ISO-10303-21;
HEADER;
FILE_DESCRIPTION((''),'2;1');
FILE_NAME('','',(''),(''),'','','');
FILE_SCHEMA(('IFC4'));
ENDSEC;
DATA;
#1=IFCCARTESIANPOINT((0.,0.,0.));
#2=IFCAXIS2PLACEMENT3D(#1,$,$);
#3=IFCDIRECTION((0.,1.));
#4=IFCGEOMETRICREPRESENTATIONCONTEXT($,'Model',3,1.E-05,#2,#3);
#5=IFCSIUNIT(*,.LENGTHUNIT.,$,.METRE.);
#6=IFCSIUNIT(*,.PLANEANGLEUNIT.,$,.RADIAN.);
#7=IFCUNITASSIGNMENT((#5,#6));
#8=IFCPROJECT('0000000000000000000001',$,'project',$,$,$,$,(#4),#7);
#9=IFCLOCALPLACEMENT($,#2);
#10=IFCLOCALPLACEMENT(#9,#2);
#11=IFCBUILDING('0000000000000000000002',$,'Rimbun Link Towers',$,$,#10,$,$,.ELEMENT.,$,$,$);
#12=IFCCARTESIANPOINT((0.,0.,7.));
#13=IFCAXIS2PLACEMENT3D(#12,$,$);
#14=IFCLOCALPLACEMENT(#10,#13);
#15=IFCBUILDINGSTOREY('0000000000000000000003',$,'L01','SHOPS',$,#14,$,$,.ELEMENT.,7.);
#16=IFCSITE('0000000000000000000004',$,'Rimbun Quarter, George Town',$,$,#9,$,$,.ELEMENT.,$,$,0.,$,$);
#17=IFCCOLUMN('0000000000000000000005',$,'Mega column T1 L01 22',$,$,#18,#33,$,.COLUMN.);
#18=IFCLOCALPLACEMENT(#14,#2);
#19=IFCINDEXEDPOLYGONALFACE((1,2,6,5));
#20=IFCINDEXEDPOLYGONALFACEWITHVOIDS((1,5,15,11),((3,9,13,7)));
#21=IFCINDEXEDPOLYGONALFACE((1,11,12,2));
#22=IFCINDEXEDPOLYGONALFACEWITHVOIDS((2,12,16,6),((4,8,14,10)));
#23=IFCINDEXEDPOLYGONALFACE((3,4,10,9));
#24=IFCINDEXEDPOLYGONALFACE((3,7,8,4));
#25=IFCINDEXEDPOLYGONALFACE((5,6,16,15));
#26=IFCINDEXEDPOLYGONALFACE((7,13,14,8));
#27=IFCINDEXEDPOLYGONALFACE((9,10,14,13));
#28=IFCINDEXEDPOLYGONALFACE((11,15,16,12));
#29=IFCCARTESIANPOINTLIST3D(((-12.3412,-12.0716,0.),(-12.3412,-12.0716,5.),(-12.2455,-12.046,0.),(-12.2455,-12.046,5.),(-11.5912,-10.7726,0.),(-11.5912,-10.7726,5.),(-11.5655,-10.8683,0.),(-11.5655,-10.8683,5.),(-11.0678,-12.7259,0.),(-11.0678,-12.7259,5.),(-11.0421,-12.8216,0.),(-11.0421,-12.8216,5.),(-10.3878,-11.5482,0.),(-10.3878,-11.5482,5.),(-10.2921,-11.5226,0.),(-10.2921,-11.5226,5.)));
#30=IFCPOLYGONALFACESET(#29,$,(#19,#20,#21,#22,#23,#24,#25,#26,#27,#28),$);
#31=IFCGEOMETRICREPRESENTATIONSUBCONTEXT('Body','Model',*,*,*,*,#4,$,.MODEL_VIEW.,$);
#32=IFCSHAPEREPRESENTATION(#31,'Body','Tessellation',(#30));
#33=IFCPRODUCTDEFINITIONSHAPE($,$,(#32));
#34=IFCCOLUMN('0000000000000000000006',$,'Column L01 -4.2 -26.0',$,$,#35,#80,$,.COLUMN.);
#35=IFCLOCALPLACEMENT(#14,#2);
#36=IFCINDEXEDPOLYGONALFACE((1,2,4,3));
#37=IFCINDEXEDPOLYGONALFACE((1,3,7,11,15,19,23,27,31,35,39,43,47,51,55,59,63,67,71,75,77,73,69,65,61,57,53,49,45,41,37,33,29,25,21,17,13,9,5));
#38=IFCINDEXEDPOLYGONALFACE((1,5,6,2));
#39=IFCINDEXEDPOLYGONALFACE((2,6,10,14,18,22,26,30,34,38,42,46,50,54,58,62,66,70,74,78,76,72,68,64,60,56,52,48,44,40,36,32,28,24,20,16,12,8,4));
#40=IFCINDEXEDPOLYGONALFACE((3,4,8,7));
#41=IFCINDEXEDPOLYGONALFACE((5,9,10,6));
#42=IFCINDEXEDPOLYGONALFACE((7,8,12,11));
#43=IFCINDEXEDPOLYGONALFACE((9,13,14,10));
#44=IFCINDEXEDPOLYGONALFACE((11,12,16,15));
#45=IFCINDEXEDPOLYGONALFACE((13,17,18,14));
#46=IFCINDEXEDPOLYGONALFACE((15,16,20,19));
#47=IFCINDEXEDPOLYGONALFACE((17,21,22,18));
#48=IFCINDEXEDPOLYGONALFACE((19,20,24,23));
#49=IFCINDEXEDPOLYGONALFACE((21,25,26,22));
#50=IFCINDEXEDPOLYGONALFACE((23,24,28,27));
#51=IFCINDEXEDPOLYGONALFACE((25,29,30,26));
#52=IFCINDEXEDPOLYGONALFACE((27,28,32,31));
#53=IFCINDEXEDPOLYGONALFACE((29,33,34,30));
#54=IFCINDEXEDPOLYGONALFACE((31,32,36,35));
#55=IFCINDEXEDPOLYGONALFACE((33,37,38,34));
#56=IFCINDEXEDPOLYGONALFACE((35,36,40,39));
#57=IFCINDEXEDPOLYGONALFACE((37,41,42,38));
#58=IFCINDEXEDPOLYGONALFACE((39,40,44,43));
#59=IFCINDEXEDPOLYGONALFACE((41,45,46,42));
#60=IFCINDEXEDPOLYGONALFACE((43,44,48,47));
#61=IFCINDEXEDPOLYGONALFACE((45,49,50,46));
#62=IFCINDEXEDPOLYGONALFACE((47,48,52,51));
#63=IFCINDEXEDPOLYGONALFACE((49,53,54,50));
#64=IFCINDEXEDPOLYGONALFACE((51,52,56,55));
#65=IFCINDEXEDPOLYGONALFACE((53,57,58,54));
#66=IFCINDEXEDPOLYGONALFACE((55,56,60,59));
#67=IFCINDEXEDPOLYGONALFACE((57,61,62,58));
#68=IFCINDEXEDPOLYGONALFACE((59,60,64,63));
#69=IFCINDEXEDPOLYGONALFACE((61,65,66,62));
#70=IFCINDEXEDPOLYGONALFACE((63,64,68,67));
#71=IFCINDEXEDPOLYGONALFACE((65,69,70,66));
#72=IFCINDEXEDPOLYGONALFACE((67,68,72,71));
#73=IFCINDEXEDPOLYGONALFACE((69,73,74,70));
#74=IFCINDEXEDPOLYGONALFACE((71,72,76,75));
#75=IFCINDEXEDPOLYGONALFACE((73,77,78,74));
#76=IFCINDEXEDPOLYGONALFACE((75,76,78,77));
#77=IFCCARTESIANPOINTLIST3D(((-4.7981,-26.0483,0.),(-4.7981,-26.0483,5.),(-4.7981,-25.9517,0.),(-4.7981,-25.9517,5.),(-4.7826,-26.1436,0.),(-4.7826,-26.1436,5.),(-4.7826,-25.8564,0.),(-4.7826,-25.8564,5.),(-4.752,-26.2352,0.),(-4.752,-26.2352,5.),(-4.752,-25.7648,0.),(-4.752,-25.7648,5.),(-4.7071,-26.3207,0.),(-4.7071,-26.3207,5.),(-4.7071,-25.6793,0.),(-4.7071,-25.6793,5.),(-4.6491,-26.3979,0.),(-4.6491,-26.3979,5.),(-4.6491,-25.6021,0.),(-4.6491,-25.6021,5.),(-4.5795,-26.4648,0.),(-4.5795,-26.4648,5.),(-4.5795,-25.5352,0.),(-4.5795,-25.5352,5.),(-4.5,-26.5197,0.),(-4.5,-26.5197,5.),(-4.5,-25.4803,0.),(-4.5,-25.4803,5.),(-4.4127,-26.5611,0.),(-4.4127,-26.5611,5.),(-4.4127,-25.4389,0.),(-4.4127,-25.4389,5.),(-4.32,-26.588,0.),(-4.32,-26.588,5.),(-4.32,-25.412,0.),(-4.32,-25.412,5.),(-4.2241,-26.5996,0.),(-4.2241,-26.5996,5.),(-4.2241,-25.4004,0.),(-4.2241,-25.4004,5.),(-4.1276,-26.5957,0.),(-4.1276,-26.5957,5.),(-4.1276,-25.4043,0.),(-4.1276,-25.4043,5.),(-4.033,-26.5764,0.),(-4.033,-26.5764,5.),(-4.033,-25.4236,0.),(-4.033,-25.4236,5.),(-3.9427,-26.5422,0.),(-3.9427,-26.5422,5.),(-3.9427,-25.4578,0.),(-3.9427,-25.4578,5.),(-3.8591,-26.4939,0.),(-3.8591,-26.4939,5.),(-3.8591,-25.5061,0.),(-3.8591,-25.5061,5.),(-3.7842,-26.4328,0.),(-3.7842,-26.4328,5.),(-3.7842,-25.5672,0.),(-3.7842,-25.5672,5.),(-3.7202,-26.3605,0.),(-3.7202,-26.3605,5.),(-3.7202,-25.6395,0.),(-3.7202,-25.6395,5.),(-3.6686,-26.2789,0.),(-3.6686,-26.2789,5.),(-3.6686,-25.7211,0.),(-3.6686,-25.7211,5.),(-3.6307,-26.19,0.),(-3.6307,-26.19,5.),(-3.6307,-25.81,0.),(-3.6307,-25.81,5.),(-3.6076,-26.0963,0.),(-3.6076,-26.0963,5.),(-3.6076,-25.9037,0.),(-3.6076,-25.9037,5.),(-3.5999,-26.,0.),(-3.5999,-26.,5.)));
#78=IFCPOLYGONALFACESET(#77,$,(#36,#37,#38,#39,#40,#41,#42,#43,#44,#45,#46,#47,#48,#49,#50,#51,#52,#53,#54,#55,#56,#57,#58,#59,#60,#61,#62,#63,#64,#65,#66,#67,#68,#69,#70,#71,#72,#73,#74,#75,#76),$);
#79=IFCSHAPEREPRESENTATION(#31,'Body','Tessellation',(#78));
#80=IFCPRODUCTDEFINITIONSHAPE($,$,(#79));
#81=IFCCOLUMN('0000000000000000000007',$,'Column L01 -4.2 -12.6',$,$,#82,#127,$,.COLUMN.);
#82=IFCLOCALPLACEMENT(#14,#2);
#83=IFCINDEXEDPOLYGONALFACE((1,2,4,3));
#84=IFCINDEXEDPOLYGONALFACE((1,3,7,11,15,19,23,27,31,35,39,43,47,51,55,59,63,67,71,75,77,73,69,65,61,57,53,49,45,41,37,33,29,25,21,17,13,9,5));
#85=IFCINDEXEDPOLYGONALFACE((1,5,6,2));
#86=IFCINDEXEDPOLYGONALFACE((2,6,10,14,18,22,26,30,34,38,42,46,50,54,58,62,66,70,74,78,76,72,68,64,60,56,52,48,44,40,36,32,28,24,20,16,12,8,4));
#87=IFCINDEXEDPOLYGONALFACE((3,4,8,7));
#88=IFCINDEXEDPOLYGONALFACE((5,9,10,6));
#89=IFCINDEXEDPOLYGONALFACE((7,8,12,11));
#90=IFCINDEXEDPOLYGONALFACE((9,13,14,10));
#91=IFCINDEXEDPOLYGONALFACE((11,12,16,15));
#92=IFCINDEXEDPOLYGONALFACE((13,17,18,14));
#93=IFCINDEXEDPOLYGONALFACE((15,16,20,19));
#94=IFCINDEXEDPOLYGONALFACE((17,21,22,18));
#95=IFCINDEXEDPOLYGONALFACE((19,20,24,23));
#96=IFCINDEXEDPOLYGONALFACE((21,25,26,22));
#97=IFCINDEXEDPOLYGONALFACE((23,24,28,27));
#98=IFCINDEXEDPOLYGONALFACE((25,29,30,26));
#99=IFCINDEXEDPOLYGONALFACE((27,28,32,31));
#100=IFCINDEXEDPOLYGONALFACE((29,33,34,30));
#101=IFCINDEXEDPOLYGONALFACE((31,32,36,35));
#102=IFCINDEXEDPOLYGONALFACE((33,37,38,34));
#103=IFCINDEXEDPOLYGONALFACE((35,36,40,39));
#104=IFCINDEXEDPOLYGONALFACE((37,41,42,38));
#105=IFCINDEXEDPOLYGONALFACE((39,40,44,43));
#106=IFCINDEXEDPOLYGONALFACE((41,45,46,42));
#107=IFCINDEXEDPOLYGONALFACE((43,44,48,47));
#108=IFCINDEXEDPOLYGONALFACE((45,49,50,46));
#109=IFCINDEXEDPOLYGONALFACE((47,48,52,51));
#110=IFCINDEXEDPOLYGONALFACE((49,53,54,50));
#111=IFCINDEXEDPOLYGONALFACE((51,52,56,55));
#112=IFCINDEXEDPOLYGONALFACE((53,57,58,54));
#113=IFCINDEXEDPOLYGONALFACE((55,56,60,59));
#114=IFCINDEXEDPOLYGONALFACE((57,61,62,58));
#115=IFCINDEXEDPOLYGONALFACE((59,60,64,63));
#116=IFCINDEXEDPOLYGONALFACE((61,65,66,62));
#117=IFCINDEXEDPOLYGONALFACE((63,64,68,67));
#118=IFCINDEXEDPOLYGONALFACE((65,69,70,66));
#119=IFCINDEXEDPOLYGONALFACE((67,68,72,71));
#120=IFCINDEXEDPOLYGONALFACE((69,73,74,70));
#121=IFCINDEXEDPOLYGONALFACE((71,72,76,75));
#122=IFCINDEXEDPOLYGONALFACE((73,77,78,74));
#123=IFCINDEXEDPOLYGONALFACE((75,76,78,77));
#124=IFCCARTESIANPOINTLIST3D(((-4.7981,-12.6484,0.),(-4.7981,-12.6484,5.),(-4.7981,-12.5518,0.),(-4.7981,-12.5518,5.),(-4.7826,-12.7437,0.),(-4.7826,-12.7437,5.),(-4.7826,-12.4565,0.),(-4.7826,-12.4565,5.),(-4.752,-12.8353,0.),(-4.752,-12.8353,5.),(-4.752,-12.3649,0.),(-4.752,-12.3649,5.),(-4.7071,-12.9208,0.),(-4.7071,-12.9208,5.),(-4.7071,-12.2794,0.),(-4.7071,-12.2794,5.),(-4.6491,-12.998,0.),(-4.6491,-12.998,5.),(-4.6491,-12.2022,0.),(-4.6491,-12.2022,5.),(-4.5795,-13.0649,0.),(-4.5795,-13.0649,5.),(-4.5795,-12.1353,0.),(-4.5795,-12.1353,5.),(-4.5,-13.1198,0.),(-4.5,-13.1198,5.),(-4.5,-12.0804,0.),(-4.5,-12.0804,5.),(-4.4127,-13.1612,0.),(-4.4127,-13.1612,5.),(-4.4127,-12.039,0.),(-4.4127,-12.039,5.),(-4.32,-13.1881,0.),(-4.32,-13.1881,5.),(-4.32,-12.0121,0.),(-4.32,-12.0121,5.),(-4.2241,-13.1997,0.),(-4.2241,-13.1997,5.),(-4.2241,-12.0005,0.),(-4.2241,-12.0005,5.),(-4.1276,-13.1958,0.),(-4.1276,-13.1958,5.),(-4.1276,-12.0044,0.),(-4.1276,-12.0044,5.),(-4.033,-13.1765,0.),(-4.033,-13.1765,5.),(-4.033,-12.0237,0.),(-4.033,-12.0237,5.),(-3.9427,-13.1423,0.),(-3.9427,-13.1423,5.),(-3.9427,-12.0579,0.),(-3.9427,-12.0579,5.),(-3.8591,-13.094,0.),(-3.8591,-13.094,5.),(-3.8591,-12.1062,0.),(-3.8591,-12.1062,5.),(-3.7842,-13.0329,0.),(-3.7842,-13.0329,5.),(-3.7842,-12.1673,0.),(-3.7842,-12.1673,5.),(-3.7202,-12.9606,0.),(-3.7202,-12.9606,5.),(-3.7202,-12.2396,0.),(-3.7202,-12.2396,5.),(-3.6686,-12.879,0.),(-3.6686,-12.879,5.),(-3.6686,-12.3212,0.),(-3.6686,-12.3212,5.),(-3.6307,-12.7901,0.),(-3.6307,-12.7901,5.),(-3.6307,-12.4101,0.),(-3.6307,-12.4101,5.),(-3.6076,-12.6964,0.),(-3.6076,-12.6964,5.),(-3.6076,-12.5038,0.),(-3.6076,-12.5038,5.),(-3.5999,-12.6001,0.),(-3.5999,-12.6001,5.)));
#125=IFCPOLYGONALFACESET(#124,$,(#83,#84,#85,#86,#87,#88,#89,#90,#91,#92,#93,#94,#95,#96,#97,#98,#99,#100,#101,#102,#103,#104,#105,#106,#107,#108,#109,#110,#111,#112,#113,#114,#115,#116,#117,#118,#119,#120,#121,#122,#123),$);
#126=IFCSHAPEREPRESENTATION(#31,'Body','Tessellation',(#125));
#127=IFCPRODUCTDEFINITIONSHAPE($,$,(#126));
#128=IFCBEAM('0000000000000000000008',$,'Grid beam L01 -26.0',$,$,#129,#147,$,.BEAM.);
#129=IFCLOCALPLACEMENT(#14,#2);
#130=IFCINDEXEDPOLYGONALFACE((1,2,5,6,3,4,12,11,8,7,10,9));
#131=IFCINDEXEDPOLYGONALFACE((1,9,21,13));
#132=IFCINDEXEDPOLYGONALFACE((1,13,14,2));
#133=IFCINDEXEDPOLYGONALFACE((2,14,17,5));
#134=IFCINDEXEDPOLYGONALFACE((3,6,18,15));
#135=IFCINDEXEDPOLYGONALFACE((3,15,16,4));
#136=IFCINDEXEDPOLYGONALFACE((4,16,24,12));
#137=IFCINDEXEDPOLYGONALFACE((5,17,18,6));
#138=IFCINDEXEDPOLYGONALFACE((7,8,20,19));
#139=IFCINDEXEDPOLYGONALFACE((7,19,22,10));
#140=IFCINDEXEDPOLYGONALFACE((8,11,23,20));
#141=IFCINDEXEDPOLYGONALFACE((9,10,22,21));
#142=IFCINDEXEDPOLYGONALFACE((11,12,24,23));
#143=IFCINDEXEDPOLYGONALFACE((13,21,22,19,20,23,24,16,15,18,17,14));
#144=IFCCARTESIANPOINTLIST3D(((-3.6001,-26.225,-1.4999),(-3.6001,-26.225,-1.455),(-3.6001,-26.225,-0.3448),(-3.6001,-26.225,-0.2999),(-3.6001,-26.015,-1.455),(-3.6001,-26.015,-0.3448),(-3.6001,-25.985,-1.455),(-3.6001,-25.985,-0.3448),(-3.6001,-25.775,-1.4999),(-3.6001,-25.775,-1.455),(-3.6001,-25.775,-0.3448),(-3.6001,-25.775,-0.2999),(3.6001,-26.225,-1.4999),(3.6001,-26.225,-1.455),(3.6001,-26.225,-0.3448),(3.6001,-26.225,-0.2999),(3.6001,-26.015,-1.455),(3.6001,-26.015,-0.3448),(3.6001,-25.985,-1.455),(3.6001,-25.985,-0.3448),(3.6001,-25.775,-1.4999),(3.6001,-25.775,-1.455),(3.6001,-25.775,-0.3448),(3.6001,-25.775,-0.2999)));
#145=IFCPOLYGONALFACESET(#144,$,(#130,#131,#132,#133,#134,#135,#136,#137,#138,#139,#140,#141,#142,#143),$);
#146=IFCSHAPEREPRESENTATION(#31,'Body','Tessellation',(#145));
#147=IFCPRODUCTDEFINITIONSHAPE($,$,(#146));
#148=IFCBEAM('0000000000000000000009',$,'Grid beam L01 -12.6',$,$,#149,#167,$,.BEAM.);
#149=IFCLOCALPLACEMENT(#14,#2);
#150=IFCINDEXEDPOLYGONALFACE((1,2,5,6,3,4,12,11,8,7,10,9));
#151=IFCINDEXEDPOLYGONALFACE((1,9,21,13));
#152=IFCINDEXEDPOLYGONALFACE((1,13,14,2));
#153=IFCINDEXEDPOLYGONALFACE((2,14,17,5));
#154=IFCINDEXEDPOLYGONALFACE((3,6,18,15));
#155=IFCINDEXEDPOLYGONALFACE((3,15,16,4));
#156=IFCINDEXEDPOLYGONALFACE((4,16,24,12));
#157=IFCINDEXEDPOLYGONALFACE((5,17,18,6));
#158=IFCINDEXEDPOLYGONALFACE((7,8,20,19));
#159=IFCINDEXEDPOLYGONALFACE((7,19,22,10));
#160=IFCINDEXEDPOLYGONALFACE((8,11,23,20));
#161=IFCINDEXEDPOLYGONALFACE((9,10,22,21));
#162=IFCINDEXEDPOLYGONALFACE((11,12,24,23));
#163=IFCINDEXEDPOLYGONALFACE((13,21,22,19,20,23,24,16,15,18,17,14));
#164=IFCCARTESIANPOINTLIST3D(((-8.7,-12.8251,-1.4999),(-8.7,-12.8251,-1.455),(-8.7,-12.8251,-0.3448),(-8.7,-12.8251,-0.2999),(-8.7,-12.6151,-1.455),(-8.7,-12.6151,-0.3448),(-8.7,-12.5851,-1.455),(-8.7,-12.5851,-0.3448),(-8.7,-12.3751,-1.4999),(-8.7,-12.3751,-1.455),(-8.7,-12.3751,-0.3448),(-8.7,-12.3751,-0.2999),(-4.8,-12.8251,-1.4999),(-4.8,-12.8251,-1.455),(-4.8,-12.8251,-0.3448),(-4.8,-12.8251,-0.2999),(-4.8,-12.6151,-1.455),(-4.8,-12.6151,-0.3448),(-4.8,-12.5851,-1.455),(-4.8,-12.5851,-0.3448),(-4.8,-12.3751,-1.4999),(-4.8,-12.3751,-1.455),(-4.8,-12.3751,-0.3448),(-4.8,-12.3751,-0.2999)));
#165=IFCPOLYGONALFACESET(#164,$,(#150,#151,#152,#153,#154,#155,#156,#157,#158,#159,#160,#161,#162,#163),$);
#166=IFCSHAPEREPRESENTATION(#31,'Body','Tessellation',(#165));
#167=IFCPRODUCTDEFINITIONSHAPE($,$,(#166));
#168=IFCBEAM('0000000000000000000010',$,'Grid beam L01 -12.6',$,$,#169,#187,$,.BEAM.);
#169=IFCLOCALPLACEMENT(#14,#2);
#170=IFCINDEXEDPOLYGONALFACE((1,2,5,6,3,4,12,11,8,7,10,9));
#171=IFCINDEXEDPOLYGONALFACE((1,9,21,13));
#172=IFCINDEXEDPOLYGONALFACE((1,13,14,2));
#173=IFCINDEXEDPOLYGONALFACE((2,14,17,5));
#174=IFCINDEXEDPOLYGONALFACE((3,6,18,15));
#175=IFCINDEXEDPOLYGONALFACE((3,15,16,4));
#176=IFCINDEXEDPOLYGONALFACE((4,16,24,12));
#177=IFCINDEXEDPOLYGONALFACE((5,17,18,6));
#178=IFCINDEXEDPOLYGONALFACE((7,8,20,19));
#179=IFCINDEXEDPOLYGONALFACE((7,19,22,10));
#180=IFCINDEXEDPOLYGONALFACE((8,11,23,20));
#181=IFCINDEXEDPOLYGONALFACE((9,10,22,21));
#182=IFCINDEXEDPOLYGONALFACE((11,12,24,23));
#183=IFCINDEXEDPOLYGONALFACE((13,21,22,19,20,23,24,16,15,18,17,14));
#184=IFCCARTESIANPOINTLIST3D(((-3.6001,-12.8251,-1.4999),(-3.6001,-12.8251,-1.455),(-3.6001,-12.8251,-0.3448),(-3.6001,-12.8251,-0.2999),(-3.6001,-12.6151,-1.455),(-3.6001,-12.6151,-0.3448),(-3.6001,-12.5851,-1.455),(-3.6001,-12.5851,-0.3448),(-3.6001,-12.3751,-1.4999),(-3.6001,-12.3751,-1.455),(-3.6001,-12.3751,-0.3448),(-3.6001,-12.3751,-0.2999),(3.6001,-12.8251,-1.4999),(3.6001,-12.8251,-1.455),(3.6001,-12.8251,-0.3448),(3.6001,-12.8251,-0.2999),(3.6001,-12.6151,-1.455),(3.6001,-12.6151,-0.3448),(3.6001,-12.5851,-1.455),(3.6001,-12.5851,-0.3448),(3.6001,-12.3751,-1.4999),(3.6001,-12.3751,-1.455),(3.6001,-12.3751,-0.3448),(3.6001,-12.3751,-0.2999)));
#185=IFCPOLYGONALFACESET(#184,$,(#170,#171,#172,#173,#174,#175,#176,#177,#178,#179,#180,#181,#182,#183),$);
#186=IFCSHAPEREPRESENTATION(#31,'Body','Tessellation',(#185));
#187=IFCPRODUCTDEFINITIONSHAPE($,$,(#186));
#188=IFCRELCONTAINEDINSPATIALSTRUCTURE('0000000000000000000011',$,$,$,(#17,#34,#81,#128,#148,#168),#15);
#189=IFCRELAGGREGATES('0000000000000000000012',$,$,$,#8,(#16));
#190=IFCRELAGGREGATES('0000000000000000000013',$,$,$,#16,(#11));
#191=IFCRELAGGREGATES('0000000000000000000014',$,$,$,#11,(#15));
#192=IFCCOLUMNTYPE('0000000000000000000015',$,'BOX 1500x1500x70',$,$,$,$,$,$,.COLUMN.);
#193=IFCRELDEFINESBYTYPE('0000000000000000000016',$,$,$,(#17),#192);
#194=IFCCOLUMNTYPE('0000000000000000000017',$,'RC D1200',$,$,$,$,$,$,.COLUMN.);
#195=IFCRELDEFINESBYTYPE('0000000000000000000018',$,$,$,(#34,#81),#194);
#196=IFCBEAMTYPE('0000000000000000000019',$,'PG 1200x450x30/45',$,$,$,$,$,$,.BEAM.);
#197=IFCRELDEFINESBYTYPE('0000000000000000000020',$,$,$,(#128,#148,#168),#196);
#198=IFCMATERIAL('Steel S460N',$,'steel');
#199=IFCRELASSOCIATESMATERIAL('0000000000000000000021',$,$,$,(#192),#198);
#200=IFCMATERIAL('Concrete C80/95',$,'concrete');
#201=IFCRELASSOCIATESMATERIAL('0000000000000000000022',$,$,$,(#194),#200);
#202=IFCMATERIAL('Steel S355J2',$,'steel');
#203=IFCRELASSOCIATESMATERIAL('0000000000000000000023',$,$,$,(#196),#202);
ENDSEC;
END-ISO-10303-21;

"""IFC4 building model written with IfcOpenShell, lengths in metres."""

from ifc_helpers import new_model, si_unit, direction, frame, origin, origin_2d, place, context, subcontext, project, spatial, hollow_rectangle, circle, i_section, extrude, material, material_profile, profile_set, type_object, element, save


model = new_model("IFC4")

# Units and contexts
model_context = context("Model", 3, precision=1e-05, world=origin(), true_north=direction((0.0, 1.0)))
body_context = subcontext(model_context, "Body", "Model", "MODEL_VIEW")
ifc_project = project(units=[si_unit("LENGTHUNIT", "METRE"), si_unit("PLANEANGLEUNIT", "RADIAN")], contexts=[model_context])

# Site, building, storey
site_placement = place(None, origin())
site = spatial("IfcSite", under=ifc_project, at=site_placement, Name="Rimbun Quarter, George Town", CompositionType="ELEMENT", RefElevation=0.0)
building_placement = place(site_placement, origin())
building = spatial("IfcBuilding", under=site, at=building_placement, Name="Rimbun Link Towers", CompositionType="ELEMENT")
storey_placement = place(building_placement, frame((0.0, 0.0, 7.0)))
storey = spatial("IfcBuildingStorey", under=building, at=storey_placement, Name="L01", Description="SHOPS", CompositionType="ELEMENT", Elevation=7.0)

# Columns
ifc_material_1 = material(Name="Steel S460N", Category="steel")
ifc_material_profile_1 = material_profile(ifc_material_1, hollow_rectangle(XDim=1.5, YDim=1.5, WallThickness=0.0701, at=origin_2d()), Name="BOX 1500x1500x70")
ifc_profile_set_1 = profile_set([ifc_material_profile_1], Name="Steel S460N")
column_type_1 = type_object("IfcColumnType", Name="BOX 1500x1500x70", PredefinedType="COLUMN", material=ifc_profile_set_1)
column_placement = place(storey_placement, frame((-11.3167, -11.7971, 0.0), z_axis=(0.0, 0.0, 1.0), x_axis=(0.866025, -0.5, 0.0)))
element("IfcColumn", 1, at=column_placement, inside=storey, type_object=column_type_1, Name="Mega column T1 L01 22", PredefinedType="COLUMN", context=body_context, shape_type="SweptSolid", body=[
    extrude(hollow_rectangle(XDim=1.5, YDim=1.5, WallThickness=0.0701, at=origin_2d()), origin(), (0.0, 0.0, 1.0), 5.0),
])
ifc_material_2 = material(Name="Concrete C80/95", Category="concrete")
ifc_material_profile_2 = material_profile(ifc_material_2, circle(Radius=0.6001, at=origin_2d()), Name="RC D1200")
ifc_profile_set_2 = profile_set([ifc_material_profile_2], Name="Concrete C80/95")
column_type_2 = type_object("IfcColumnType", Name="RC D1200", PredefinedType="COLUMN", material=ifc_profile_set_2)
for number, where, z_axis, x_axis, name in (
    (2, (-4.2, -26.0, 0.0), (0.0, 0.0, 1.0), (1.0, 0.0, 0.0), "Column L01 -4.2 -26.0"),
    (3, (-4.2, -12.6001, 0.0), (0.0, 0.0, 1.0), (1.0, 0.0, 0.0), "Column L01 -4.2 -12.6"),
):
    element("IfcColumn", number, at=place(storey_placement, frame(where, z_axis=z_axis, x_axis=x_axis)), inside=storey, type_object=column_type_2, Name=name, PredefinedType="COLUMN", context=body_context, shape_type="SweptSolid", body=[
        extrude(circle(Radius=0.6001, at=origin_2d()), origin(), (0.0, 0.0, 1.0), 5.0),
    ])

# Beams
ifc_material_3 = material(Name="Steel S355J2", Category="steel")
ifc_material_profile_3 = material_profile(ifc_material_3, i_section(OverallWidth=0.45, OverallDepth=1.2, WebThickness=0.03, FlangeThickness=0.0449, at=origin_2d()), Name="PG 1200x450x30/45")
ifc_profile_set_3 = profile_set([ifc_material_profile_3], Name="Steel S355J2")
beam_type_1 = type_object("IfcBeamType", Name="PG 1200x450x30/45", PredefinedType="BEAM", material=ifc_profile_set_3)
beam_1_placement = place(storey_placement, frame((-3.6001, -26.0, -0.8999), z_axis=(1.0, 0.0, 0.0), x_axis=(0.0, 1.0, 0.0)))
element("IfcBeam", 4, at=beam_1_placement, inside=storey, type_object=beam_type_1, Name="Grid beam L01 -26.0", PredefinedType="BEAM", context=body_context, shape_type="SweptSolid", body=[
    extrude(i_section(OverallWidth=0.45, OverallDepth=1.2, WebThickness=0.03, FlangeThickness=0.0449, at=origin_2d()), origin(), (0.0, 0.0, 1.0), 7.2002),
])
beam_2_placement = place(storey_placement, frame((-8.7, -12.6001, -0.8999), z_axis=(1.0, 0.0, 0.0), x_axis=(0.0, 1.0, 0.0)))
element("IfcBeam", 5, at=beam_2_placement, inside=storey, type_object=beam_type_1, Name="Grid beam L01 -12.6", PredefinedType="BEAM", context=body_context, shape_type="SweptSolid", body=[
    extrude(i_section(OverallWidth=0.45, OverallDepth=1.2, WebThickness=0.03, FlangeThickness=0.0449, at=origin_2d()), origin(), (0.0, 0.0, 1.0), 3.8999),
])
beam_3_placement = place(storey_placement, frame((-3.6001, -12.6001, -0.8999), z_axis=(1.0, 0.0, 0.0), x_axis=(0.0, 1.0, 0.0)))
element("IfcBeam", 6, at=beam_3_placement, inside=storey, type_object=beam_type_1, Name="Grid beam L01 -12.6", PredefinedType="BEAM", context=body_context, shape_type="SweptSolid", body=[
    extrude(i_section(OverallWidth=0.45, OverallDepth=1.2, WebThickness=0.03, FlangeThickness=0.0449, at=origin_2d()), origin(), (0.0, 0.0, 1.0), 7.2002),
])

save(model, "model.ifc")
